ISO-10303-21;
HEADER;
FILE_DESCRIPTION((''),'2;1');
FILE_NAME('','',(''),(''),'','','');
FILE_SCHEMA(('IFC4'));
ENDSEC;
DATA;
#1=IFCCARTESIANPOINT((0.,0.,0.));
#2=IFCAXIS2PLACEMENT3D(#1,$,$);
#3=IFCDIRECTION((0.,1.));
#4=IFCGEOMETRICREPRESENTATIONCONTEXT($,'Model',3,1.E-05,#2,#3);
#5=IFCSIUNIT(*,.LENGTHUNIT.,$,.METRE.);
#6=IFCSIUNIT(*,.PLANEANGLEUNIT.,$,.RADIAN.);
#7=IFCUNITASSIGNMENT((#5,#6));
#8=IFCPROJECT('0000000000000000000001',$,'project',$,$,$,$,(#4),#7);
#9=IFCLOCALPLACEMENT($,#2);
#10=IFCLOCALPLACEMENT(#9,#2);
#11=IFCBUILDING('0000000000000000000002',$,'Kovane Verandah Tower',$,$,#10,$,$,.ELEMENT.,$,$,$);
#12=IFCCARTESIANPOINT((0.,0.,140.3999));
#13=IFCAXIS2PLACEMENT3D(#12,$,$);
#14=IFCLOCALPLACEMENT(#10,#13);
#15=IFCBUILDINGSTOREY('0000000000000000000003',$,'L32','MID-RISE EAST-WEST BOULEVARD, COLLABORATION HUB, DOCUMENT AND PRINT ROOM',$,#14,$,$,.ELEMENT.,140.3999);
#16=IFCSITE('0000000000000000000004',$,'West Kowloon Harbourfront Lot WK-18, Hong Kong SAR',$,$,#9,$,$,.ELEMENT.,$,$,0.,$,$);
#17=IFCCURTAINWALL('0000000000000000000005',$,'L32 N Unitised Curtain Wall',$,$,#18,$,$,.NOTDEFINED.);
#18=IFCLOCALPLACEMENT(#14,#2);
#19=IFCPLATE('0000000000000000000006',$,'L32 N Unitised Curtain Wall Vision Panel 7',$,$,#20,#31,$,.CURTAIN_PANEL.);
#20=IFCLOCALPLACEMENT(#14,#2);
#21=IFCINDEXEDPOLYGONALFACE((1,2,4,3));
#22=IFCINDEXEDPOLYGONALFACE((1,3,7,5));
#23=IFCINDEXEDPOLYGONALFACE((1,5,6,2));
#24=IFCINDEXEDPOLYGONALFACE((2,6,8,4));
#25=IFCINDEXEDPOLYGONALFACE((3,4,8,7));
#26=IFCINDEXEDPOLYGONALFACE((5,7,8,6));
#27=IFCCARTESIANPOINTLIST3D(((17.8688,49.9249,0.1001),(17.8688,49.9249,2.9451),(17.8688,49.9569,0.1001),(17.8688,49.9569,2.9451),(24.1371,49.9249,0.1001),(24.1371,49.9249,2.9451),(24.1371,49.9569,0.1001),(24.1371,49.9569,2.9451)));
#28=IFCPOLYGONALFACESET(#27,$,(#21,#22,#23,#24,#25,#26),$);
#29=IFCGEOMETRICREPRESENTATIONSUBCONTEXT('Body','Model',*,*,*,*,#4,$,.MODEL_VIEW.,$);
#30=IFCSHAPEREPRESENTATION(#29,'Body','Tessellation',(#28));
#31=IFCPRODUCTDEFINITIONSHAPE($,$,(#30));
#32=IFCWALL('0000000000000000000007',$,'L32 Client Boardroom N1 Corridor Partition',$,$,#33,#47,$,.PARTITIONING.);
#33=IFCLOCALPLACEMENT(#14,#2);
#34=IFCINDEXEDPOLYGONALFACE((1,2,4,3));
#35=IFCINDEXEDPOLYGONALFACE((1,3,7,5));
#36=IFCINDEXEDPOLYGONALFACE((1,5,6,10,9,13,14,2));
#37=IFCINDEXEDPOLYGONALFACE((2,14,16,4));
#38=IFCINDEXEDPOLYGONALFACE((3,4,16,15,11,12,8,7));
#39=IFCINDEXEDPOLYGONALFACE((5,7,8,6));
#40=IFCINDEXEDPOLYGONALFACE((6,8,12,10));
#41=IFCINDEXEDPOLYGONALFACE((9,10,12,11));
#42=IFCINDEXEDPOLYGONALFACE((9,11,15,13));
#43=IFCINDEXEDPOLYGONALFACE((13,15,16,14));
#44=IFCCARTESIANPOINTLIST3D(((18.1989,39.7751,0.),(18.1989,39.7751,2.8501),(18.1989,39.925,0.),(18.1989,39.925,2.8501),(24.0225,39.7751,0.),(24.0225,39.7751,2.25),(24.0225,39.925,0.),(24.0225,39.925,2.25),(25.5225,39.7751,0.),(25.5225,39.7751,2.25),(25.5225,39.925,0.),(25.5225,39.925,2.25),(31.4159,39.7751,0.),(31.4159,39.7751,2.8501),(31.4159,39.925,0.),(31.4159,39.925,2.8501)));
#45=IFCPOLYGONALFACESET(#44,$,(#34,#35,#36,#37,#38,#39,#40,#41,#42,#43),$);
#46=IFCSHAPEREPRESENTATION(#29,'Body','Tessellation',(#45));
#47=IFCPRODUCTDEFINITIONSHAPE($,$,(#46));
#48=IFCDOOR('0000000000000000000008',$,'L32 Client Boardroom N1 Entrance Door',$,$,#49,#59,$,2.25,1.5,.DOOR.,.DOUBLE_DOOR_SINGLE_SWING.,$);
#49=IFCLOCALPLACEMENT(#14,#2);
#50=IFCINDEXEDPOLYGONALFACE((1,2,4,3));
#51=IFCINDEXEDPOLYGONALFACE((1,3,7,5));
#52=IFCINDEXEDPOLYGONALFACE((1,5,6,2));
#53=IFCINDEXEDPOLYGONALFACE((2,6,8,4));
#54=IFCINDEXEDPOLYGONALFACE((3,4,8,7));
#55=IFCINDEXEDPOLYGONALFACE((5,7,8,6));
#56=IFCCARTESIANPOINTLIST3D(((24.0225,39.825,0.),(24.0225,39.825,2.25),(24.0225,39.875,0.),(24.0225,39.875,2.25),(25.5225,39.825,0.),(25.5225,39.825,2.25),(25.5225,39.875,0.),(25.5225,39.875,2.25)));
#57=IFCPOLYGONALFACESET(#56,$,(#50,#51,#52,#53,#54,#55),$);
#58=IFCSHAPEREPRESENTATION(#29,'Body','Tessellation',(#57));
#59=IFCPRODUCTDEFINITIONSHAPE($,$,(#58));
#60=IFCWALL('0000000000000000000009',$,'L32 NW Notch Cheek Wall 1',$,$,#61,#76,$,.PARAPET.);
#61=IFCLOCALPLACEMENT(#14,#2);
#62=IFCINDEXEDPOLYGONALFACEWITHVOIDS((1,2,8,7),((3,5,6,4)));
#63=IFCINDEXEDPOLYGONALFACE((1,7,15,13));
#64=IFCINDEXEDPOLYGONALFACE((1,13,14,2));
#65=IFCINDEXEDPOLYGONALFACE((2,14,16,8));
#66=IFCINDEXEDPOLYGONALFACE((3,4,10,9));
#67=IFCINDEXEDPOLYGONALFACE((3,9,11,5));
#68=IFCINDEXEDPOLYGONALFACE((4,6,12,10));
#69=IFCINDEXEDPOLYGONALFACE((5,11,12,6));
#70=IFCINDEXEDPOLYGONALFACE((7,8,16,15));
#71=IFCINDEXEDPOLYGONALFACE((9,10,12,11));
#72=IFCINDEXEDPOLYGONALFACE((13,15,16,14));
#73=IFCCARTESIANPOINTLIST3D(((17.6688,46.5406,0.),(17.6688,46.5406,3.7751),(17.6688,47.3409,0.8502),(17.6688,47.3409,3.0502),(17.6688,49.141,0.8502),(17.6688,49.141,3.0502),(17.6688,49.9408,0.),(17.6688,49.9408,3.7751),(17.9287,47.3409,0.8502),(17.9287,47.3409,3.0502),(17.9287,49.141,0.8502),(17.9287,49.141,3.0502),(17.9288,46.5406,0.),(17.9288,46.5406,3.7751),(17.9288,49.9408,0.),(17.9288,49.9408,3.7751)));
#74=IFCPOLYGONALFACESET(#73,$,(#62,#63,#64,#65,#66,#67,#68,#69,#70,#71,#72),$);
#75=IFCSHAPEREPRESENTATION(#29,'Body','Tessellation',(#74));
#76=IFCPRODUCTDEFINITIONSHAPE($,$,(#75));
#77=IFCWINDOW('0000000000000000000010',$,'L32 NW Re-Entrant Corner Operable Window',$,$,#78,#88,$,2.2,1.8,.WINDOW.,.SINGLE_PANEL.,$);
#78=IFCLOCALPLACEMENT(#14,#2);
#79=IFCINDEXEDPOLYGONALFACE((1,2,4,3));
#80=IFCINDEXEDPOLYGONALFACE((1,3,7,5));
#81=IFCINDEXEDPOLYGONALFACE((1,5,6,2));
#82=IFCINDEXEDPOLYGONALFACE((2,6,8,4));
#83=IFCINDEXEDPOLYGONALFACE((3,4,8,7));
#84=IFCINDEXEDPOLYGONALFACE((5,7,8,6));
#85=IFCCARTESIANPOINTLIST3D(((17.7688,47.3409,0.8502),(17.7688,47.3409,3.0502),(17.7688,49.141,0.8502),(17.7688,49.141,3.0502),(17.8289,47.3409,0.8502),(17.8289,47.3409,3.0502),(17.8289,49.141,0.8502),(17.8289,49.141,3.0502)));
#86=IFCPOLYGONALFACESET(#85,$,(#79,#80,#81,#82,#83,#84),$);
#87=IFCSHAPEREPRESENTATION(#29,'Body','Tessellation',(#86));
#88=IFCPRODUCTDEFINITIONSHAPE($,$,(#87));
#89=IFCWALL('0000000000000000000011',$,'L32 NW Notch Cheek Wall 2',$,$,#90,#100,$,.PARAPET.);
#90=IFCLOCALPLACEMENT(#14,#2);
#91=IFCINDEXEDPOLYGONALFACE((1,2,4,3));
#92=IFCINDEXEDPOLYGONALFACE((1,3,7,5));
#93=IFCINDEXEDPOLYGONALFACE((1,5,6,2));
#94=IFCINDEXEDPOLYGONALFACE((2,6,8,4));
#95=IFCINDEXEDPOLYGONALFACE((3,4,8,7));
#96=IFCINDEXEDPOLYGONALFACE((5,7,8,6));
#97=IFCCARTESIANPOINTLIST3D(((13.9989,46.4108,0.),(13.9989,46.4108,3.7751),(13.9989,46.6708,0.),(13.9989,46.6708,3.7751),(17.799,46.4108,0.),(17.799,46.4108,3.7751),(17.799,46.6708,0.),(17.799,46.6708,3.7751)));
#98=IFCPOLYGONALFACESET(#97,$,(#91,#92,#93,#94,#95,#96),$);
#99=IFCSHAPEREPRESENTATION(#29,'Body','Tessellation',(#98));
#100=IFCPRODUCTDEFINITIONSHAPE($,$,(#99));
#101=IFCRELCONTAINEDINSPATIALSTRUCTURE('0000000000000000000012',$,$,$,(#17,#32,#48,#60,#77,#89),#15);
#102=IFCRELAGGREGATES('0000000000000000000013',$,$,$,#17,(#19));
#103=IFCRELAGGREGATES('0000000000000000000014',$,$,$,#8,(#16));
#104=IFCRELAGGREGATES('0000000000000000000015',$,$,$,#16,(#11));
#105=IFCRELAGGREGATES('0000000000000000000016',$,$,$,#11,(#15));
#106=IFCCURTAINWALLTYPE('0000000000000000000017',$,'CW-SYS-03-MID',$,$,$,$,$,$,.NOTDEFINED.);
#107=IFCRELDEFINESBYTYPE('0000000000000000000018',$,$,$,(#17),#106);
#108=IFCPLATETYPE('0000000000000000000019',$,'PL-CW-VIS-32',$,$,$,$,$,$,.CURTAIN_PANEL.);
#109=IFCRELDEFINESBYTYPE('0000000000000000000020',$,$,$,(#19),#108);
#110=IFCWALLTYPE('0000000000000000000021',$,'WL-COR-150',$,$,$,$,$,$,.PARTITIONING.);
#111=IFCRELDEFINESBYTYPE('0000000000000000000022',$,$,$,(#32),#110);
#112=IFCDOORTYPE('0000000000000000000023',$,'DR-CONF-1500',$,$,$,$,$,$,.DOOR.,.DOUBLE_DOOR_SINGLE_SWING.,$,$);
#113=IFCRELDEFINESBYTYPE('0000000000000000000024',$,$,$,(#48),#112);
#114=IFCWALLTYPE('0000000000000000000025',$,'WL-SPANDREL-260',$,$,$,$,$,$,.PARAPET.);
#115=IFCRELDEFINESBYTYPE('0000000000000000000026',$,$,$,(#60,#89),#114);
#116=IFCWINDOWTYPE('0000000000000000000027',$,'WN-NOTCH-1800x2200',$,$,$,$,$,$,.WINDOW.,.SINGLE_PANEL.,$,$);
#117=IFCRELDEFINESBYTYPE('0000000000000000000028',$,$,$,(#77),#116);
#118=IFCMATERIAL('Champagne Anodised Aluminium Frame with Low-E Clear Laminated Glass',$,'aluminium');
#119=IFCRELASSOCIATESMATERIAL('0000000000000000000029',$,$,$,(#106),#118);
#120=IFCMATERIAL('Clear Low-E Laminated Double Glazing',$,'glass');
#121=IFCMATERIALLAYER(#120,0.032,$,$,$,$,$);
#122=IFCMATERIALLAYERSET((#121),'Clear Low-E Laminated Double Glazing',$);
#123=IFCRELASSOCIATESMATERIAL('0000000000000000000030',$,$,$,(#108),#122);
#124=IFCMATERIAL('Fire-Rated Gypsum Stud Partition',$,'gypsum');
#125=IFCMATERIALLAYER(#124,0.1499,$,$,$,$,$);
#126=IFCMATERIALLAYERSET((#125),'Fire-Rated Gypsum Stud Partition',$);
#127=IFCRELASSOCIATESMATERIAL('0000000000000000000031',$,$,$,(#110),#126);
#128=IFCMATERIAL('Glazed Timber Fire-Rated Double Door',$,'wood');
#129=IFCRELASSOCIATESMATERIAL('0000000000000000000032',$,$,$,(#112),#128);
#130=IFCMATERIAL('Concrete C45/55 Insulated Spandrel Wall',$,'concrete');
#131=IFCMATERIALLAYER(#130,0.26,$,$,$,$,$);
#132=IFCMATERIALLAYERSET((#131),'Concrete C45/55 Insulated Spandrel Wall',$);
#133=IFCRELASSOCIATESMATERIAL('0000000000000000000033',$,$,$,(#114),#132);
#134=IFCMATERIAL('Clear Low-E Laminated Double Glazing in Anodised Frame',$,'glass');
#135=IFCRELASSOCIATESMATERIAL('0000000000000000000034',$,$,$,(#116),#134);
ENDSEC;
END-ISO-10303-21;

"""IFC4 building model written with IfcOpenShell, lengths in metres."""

from ifc_helpers import new_model, si_unit, direction, frame, frame_2d, origin, origin_2d, place, context, subcontext, project, spatial, rectangle, extrude, material, layer, layer_set, type_object, element, fill, aggregate, save


model = new_model("IFC4")

# Units and contexts
model_context = context("Model", 3, precision=1e-05, world=origin(), true_north=direction((0.0, 1.0)))
body_context = subcontext(model_context, "Body", "Model", "MODEL_VIEW")
ifc_project = project(units=[si_unit("LENGTHUNIT", "METRE"), si_unit("PLANEANGLEUNIT", "RADIAN")], contexts=[model_context])

# Site, building, storey
site_placement = place(None, origin())
site = spatial("IfcSite", under=ifc_project, at=site_placement, Name="West Kowloon Harbourfront Lot WK-18, Hong Kong SAR", CompositionType="ELEMENT", RefElevation=0.0)
building_placement = place(site_placement, origin())
building = spatial("IfcBuilding", under=site, at=building_placement, Name="Kovane Verandah Tower", CompositionType="ELEMENT")
storey_placement = place(building_placement, frame((0.0, 0.0, 140.3999)))
storey = spatial("IfcBuildingStorey", under=building, at=storey_placement, Name="L32", Description="MID-RISE EAST-WEST BOULEVARD, COLLABORATION HUB, DOCUMENT AND PRINT ROOM", CompositionType="ELEMENT", Elevation=140.3999)

# Curtain wall
ifc_material_1 = material(Name="Champagne Anodised Aluminium Frame with Low-E Clear Laminated Glass", Category="aluminium")
curtain_wall_type = type_object("IfcCurtainWallType", Name="CW-SYS-03-MID", PredefinedType="NOTDEFINED", material=ifc_material_1)
curtain_wall_placement = place(storey_placement, origin())
curtain_wall = element("IfcCurtainWall", 1, at=curtain_wall_placement, inside=storey, type_object=curtain_wall_type, Name="L32 N Unitised Curtain Wall", PredefinedType="NOTDEFINED")

# Plate
ifc_material_2 = material(Name="Clear Low-E Laminated Double Glazing", Category="glass")
ifc_layer_1 = layer(ifc_material_2, 0.032)
ifc_layer_set_1 = layer_set([ifc_layer_1], Name="Clear Low-E Laminated Double Glazing")
plate_type_1 = type_object("IfcPlateType", Name="PL-CW-VIS-32", PredefinedType="CURTAIN_PANEL", material=ifc_layer_set_1)
plate_1_placement = place(storey_placement, frame((21.0029, 49.9409, 0.1001), z_axis=(0.0, 0.0, 1.0), x_axis=(-1.0, 0.0, 0.0)))
plate_1 = element("IfcPlate", 2, at=plate_1_placement, type_object=plate_type_1, Name="L32 N Unitised Curtain Wall Vision Panel 7", PredefinedType="CURTAIN_PANEL", context=body_context, shape_type="SweptSolid", body=[
    extrude(rectangle(XDim=6.2683, YDim=0.032, at=origin_2d()), origin(), (0.0, 0.0, 1.0), 2.845),
])
aggregate(curtain_wall, [plate_1])

# Wall, opening, door
ifc_material_3 = material(Name="Fire-Rated Gypsum Stud Partition", Category="gypsum")
ifc_layer_2 = layer(ifc_material_3, 0.1499)
ifc_layer_set_2 = layer_set([ifc_layer_2], Name="Fire-Rated Gypsum Stud Partition")
wall_type_1 = type_object("IfcWallType", Name="WL-COR-150", PredefinedType="PARTITIONING", material=ifc_layer_set_2)
wall_1_placement = place(storey_placement, frame((18.199, 39.8501, 0.0), z_axis=(0.0, 0.0, 1.0), x_axis=(1.0, 0.0, 0.0)))
wall_1 = element("IfcWall", 3, at=wall_1_placement, inside=storey, type_object=wall_type_1, Name="L32 Client Boardroom N1 Corridor Partition", PredefinedType="PARTITIONING", context=body_context, shape_type="SweptSolid", body=[
    extrude(rectangle(XDim=13.217, YDim=0.1499, at=frame_2d((6.6084, 0.0))), origin(), (0.0, 0.0, 1.0), 2.8501),
])
opening_1_placement = place(wall_1_placement, frame((5.8235, 0.0, 0.0)))
opening_1 = element("IfcOpeningElement", 4, at=opening_1_placement, cuts=wall_1, PredefinedType="OPENING", context=body_context, shape_type="SweptSolid", body=[
    extrude(rectangle(XDim=1.5, YDim=2.25, at=frame_2d((0.75, 1.125))), frame((0.0, 0.075, 0.0), z_axis=(0.0, -1.0, 0.0), x_axis=(1.0, 0.0, 0.0)), (0.0, 0.0, 1.0), 0.1499),
])
ifc_material_4 = material(Name="Glazed Timber Fire-Rated Double Door", Category="wood")
door_type_1 = type_object("IfcDoorType", Name="DR-CONF-1500", OperationType="DOUBLE_DOOR_SINGLE_SWING", PredefinedType="DOOR", material=ifc_material_4)
door_1_placement = place(opening_1_placement, origin())
door_1 = element("IfcDoor", 5, at=door_1_placement, inside=storey, type_object=door_type_1, Name="L32 Client Boardroom N1 Entrance Door", OperationType="DOUBLE_DOOR_SINGLE_SWING", OverallHeight=2.25, OverallWidth=1.5, PredefinedType="DOOR", context=body_context, shape_type="SweptSolid", body=[
    extrude(rectangle(XDim=1.5, YDim=2.25, at=frame_2d((0.75, 1.125))), frame((0.0, 0.0249, 0.0), z_axis=(0.0, -1.0, 0.0), x_axis=(1.0, 0.0, 0.0)), (0.0, 0.0, 1.0), 0.05),
])
fill(opening_1, door_1)

# Shared definitions
ifc_material_5 = material(Name="Concrete C45/55 Insulated Spandrel Wall", Category="concrete")
ifc_layer_3 = layer(ifc_material_5, 0.26)
ifc_layer_set_3 = layer_set([ifc_layer_3], Name="Concrete C45/55 Insulated Spandrel Wall")
wall_type_2 = type_object("IfcWallType", Name="WL-SPANDREL-260", PredefinedType="PARAPET", material=ifc_layer_set_3)
ifc_material_6 = material(Name="Clear Low-E Laminated Double Glazing in Anodised Frame", Category="glass")

# Wall, opening, window
wall_2_placement = place(storey_placement, frame((17.7988, 49.9409, 0.0), z_axis=(0.0, 0.0, 1.0), x_axis=(0.0, -1.0, 0.0)))
wall_2 = element("IfcWall", 6, at=wall_2_placement, inside=storey, type_object=wall_type_2, Name="L32 NW Notch Cheek Wall 1", PredefinedType="PARAPET", context=body_context, shape_type="SweptSolid", body=[
    extrude(rectangle(XDim=3.4001, YDim=0.26, at=frame_2d((1.7002, 0.0))), origin(), (0.0, 0.0, 1.0), 3.7751),
])
opening_2_placement = place(wall_2_placement, frame((0.8, 0.0, 0.8501)))
opening_2 = element("IfcOpeningElement", 7, at=opening_2_placement, cuts=wall_2, PredefinedType="OPENING", context=body_context, shape_type="SweptSolid", body=[
    extrude(rectangle(XDim=1.8, YDim=2.2, at=frame_2d((0.8999, 1.1001))), frame((0.0, 0.1299, 0.0), z_axis=(0.0, -1.0, 0.0), x_axis=(1.0, 0.0, 0.0)), (0.0, 0.0, 1.0), 0.26),
])
window_type_1 = type_object("IfcWindowType", Name="WN-NOTCH-1800x2200", PartitioningType="SINGLE_PANEL", PredefinedType="WINDOW", material=ifc_material_6)
window_1_placement = place(opening_2_placement, origin())
window_1 = element("IfcWindow", 8, at=window_1_placement, inside=storey, type_object=window_type_1, Name="L32 NW Re-Entrant Corner Operable Window", OverallHeight=2.2, OverallWidth=1.8, PartitioningType="SINGLE_PANEL", PredefinedType="WINDOW", context=body_context, shape_type="SweptSolid", body=[
    extrude(rectangle(XDim=1.8, YDim=2.2, at=frame_2d((0.8999, 1.1001))), frame((0.0, 0.03, 0.0), z_axis=(0.0, -1.0, 0.0), x_axis=(1.0, 0.0, 0.0)), (0.0, 0.0, 1.0), 0.0601),
])
fill(opening_2, window_1)

# Wall
wall_3_placement = place(storey_placement, frame((17.7988, 46.5408, 0.0), z_axis=(0.0, 0.0, 1.0), x_axis=(-1.0, 0.0, 0.0)))
element("IfcWall", 9, at=wall_3_placement, inside=storey, type_object=wall_type_2, Name="L32 NW Notch Cheek Wall 2", PredefinedType="PARAPET", context=body_context, shape_type="SweptSolid", body=[
    extrude(rectangle(XDim=3.8, YDim=0.26, at=frame_2d((1.8999, 0.0))), origin(), (0.0, 0.0, 1.0), 3.7751),
])

save(model, "model.ifc")
